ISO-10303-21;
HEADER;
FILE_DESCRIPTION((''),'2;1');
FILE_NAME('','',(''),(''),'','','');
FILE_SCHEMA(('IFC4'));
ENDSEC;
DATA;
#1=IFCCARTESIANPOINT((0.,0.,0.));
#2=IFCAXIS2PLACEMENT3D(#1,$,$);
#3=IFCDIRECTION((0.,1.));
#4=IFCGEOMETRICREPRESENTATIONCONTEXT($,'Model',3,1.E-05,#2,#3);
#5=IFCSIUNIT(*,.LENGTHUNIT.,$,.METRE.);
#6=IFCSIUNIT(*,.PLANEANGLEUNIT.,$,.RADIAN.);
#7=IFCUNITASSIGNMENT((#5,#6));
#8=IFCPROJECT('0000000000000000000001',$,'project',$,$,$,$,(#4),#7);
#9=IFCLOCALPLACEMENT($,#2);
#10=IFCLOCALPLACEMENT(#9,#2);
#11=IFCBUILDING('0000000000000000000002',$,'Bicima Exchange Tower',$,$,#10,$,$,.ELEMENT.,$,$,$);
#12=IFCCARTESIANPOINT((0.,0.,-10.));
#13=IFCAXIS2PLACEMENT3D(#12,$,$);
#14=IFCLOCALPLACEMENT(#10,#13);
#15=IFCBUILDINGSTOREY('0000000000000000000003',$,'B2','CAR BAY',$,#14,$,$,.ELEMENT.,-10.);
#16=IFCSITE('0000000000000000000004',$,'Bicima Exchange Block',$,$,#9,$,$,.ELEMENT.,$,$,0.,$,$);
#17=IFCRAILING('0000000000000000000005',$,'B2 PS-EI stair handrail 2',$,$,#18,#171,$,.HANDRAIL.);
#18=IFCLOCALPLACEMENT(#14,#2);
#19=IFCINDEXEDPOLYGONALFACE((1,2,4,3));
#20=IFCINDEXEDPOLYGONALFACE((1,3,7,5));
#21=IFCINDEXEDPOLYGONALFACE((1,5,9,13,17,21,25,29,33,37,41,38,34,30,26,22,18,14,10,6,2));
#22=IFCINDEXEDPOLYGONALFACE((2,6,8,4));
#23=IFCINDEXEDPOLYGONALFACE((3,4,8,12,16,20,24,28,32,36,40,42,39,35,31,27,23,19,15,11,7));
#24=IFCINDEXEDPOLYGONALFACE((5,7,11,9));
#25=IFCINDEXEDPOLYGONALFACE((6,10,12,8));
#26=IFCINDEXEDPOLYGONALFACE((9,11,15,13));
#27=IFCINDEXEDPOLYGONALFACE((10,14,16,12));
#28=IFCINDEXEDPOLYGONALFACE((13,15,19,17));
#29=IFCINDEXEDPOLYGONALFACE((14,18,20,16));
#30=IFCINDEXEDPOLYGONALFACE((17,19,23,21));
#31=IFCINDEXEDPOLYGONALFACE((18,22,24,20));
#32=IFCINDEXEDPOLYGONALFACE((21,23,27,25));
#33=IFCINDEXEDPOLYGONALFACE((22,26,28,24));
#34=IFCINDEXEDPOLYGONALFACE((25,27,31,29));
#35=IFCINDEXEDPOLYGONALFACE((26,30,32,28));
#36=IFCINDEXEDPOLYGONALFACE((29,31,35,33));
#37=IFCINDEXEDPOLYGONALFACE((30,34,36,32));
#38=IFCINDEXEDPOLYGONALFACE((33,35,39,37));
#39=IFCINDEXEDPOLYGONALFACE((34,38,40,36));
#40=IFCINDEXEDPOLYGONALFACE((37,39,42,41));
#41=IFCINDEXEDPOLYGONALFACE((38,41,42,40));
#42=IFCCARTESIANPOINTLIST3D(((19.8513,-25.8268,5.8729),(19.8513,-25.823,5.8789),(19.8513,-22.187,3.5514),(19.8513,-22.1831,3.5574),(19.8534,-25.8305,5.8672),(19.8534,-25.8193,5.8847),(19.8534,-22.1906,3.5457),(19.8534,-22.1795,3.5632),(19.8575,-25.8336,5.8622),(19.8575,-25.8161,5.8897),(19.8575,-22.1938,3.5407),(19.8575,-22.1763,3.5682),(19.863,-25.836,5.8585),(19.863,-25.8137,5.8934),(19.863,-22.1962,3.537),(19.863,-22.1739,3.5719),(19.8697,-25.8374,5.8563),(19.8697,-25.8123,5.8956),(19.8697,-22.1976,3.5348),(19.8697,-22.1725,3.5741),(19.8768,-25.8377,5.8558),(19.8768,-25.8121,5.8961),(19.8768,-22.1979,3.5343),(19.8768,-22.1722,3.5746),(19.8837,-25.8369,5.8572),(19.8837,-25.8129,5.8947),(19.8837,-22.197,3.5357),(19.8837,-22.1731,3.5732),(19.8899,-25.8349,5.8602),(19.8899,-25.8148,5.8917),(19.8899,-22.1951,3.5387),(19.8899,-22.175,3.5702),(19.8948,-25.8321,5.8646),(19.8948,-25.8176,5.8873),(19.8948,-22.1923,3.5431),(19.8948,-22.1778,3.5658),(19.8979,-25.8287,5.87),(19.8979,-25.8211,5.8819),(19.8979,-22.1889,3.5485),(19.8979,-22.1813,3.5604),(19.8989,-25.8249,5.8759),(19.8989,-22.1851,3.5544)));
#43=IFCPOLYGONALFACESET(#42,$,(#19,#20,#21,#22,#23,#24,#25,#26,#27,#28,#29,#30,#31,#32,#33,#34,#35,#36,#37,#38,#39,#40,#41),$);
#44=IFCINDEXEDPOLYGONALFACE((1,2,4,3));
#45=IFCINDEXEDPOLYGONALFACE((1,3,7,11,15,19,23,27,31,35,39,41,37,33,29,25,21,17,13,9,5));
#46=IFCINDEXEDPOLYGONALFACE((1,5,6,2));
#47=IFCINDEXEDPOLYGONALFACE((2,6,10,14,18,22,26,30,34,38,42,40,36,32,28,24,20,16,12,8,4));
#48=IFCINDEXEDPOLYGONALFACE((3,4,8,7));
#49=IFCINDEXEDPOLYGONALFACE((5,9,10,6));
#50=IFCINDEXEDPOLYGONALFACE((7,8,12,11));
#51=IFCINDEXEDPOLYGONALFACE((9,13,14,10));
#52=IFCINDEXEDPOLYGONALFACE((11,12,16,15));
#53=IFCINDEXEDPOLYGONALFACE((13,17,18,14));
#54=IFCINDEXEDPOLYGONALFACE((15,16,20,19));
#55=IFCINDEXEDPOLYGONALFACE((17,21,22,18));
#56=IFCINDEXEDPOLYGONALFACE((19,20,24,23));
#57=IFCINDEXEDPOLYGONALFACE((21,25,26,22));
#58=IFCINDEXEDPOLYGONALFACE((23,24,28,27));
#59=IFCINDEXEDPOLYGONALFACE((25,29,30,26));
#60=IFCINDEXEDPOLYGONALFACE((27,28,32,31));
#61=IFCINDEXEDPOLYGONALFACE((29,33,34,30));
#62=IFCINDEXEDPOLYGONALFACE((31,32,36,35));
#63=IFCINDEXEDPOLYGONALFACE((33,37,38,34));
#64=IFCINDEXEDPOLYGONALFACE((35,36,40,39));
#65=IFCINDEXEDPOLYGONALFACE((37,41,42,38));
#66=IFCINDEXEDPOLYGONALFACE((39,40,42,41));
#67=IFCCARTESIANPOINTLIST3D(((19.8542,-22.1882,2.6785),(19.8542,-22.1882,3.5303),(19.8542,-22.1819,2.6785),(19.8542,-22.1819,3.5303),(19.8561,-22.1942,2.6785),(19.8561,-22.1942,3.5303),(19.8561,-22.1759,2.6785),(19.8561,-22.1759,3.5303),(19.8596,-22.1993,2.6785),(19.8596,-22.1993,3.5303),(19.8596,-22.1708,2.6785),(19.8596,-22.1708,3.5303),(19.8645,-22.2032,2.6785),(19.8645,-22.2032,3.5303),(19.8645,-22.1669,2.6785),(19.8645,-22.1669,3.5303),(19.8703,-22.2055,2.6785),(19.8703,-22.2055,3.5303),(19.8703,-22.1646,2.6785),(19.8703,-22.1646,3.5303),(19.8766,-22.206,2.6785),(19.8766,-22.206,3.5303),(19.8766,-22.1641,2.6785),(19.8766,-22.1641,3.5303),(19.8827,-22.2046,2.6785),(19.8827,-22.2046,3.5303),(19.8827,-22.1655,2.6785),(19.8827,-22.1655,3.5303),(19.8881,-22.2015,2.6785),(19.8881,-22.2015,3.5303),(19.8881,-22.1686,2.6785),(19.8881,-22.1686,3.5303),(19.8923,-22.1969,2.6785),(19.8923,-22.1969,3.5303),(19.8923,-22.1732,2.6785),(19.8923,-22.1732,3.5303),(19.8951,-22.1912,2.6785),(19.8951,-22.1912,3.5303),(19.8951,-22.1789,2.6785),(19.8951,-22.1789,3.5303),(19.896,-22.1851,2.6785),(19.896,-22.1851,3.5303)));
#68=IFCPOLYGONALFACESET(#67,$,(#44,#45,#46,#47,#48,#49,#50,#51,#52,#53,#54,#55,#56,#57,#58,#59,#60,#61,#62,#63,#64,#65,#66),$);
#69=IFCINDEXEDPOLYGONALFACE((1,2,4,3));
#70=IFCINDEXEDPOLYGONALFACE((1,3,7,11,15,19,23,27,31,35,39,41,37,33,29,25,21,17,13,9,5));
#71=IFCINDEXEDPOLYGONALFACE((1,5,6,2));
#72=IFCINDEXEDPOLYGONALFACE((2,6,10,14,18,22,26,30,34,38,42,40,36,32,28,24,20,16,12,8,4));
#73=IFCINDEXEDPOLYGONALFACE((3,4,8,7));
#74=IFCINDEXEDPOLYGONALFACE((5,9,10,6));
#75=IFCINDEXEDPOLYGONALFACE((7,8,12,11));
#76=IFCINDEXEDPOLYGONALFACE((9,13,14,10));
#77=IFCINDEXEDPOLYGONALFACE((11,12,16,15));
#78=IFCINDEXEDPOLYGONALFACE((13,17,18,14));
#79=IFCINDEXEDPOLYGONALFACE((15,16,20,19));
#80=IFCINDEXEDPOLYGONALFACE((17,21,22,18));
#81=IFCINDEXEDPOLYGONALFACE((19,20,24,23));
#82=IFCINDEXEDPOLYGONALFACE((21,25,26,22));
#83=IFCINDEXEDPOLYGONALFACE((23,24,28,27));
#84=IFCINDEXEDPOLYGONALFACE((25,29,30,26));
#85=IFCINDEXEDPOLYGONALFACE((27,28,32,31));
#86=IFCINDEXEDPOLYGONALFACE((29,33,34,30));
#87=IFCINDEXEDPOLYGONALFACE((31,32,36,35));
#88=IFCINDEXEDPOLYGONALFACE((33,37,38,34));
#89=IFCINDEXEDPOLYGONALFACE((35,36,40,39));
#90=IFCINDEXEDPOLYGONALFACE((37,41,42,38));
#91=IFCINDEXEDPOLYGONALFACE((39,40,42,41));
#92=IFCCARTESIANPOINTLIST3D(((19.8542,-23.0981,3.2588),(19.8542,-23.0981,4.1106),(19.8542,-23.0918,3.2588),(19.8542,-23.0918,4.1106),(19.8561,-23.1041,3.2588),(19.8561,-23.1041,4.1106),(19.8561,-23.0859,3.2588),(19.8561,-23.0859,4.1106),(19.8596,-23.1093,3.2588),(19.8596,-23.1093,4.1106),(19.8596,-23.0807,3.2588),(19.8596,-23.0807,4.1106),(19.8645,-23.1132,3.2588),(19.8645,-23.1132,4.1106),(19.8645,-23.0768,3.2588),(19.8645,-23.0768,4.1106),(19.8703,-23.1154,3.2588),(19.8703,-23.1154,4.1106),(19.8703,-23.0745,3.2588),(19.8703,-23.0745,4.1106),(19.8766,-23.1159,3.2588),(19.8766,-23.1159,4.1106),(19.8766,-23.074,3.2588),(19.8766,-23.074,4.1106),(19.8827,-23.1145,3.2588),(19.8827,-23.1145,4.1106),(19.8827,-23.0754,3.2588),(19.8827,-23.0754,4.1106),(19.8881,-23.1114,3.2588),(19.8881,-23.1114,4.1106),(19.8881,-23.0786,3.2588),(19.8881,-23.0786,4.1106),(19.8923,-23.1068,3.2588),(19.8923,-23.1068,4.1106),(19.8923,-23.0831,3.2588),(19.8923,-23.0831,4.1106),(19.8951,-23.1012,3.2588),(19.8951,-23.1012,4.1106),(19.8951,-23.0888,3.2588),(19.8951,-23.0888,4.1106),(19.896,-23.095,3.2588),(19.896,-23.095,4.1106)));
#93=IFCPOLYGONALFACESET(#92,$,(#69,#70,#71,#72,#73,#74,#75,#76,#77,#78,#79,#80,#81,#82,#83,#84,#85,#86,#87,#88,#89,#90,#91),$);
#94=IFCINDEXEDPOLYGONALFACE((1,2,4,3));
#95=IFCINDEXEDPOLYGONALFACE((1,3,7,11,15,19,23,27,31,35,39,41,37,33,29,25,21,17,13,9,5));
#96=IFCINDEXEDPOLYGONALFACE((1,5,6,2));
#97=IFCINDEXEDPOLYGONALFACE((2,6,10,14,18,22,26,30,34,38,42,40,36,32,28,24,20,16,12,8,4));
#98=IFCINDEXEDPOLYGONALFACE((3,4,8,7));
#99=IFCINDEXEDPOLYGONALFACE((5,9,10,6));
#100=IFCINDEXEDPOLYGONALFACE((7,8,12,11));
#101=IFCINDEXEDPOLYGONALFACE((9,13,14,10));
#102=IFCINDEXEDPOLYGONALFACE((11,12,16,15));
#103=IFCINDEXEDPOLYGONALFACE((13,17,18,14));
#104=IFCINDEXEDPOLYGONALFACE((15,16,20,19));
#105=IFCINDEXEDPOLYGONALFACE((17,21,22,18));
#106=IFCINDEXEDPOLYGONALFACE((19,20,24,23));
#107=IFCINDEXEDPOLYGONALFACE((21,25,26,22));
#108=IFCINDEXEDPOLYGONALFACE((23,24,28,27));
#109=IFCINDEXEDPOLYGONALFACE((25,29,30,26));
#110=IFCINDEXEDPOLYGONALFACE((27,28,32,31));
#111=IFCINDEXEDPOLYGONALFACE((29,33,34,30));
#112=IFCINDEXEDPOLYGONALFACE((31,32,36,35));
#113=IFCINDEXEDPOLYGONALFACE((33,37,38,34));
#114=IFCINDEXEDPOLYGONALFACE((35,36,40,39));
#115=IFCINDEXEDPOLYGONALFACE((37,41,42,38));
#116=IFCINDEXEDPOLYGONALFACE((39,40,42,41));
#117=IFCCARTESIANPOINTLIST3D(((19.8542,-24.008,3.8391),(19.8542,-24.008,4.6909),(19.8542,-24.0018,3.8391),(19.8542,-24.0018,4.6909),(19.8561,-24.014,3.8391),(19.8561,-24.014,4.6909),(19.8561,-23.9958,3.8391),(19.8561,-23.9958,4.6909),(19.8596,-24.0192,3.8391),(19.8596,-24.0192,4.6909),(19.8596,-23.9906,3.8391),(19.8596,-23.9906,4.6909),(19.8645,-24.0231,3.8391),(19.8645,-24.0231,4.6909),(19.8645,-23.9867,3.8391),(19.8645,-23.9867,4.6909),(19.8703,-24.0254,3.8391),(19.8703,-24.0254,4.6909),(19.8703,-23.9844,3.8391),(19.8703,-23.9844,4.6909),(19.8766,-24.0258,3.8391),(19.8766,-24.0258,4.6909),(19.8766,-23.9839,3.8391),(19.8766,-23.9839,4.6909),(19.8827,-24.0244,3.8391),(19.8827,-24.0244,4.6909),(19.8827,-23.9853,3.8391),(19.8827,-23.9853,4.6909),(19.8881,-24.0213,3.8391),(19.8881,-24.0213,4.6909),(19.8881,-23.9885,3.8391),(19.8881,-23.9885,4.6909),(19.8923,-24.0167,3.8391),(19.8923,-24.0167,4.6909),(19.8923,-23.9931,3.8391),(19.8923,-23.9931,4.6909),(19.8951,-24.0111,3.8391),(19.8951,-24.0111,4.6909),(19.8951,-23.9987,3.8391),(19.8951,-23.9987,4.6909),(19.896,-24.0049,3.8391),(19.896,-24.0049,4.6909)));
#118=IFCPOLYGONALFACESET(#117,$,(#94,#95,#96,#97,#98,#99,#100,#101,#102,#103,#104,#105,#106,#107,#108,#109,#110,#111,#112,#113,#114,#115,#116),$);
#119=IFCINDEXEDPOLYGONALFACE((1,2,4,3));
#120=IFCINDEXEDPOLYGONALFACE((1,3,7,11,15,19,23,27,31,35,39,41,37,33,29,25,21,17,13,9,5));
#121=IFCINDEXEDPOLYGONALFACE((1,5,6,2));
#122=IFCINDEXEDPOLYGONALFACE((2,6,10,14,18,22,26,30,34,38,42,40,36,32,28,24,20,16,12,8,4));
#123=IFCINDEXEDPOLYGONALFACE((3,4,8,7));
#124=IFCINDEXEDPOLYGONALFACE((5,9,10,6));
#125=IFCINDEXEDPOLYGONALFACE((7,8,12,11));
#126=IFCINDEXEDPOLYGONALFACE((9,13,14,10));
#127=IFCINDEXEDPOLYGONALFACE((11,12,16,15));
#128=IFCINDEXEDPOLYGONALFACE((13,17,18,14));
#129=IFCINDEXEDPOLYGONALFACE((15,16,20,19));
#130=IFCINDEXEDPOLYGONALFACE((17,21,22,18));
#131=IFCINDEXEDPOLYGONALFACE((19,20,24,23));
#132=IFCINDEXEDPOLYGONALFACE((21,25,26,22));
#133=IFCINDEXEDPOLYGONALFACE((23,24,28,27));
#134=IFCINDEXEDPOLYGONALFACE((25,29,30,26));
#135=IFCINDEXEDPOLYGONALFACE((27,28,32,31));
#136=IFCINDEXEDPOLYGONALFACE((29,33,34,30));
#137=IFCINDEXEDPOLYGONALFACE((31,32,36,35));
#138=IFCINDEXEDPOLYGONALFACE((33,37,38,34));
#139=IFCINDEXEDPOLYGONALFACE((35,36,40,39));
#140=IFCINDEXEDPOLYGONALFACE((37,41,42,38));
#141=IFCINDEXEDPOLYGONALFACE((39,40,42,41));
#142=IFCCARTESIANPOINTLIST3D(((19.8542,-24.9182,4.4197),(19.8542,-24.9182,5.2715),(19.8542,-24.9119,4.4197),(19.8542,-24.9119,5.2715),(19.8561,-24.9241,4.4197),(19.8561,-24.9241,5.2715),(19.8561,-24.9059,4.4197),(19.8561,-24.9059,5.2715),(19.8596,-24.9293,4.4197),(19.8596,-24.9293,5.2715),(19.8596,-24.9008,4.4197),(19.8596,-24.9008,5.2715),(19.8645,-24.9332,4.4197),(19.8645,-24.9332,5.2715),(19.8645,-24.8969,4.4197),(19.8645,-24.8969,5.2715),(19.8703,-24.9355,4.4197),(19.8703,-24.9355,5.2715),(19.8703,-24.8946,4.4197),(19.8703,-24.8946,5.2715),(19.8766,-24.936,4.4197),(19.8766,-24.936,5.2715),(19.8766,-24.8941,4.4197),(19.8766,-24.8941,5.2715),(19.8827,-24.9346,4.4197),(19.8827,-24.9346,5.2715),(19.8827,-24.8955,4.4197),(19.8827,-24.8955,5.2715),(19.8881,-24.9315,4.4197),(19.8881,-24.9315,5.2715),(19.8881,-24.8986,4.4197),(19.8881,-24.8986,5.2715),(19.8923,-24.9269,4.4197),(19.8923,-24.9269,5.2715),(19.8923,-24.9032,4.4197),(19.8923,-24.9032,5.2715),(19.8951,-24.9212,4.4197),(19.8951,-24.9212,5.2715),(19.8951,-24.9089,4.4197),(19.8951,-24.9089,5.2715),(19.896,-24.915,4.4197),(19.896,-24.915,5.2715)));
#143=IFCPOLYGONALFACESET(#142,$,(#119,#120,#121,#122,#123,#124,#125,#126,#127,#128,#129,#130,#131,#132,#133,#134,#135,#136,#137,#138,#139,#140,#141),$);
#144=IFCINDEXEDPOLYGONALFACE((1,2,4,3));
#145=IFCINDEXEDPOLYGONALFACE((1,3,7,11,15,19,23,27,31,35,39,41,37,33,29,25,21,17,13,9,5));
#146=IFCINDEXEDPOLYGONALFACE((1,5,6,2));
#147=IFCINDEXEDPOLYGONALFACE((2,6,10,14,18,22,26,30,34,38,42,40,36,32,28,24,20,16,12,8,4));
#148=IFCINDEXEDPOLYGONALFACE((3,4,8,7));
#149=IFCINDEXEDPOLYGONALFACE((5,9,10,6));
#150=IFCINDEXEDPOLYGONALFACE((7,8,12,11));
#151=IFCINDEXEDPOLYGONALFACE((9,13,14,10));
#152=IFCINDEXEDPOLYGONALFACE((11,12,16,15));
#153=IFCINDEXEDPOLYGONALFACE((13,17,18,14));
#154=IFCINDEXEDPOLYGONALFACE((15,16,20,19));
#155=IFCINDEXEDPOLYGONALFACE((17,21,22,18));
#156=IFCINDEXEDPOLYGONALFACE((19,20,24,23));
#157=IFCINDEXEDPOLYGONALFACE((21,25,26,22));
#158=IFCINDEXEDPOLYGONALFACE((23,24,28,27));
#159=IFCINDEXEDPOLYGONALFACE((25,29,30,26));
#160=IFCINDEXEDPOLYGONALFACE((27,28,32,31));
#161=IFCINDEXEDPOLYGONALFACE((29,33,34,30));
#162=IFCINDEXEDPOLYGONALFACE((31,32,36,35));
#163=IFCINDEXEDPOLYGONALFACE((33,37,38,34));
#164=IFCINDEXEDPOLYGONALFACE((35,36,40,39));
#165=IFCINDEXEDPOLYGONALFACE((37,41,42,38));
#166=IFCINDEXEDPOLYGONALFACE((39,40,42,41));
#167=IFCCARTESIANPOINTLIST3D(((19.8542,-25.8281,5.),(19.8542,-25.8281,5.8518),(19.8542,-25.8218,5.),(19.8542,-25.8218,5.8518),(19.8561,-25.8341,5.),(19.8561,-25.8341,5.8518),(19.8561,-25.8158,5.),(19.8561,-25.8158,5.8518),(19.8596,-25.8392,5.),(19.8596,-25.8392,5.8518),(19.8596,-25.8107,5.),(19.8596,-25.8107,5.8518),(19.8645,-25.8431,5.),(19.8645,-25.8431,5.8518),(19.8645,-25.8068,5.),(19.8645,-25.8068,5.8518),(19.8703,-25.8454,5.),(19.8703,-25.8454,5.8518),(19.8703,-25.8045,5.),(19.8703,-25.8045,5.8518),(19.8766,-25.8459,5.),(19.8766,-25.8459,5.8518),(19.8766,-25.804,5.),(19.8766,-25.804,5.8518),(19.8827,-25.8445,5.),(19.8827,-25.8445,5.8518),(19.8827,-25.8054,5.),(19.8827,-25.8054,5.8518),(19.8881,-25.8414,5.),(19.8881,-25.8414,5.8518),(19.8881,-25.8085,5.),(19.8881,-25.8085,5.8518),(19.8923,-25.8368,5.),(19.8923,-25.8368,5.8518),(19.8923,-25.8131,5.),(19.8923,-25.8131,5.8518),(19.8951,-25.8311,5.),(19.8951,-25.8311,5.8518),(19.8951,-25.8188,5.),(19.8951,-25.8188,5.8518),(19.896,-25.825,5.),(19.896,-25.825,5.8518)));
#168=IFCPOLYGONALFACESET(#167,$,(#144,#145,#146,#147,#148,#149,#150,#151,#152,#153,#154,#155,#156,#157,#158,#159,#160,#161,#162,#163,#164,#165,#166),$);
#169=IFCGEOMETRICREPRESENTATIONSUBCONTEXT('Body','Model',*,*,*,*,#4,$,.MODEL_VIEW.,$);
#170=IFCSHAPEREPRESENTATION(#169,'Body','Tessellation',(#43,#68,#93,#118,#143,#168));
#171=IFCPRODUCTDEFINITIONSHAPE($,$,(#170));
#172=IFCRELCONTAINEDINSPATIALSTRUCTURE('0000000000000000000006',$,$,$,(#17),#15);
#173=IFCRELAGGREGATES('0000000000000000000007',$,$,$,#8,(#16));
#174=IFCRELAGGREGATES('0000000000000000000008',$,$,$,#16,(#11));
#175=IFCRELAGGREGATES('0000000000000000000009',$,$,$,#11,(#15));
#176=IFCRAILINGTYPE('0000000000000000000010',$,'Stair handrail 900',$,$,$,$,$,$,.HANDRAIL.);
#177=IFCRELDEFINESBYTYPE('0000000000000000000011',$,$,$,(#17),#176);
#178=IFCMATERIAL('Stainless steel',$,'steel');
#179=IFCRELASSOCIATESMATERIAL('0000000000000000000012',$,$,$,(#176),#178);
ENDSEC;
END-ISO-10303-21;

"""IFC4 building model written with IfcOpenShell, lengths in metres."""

from ifc_helpers import new_model, si_unit, direction, frame, origin, origin_2d, place, context, subcontext, project, spatial, circle, extrude, material, type_object, element, save


model = new_model("IFC4")

# Units and contexts
model_context = context("Model", 3, precision=1e-05, world=origin(), true_north=direction((0.0, 1.0)))
body_context = subcontext(model_context, "Body", "Model", "MODEL_VIEW")
ifc_project = project(units=[si_unit("LENGTHUNIT", "METRE"), si_unit("PLANEANGLEUNIT", "RADIAN")], contexts=[model_context])

# Site, building, storey
site_placement = place(None, origin())
site = spatial("IfcSite", under=ifc_project, at=site_placement, Name="Bicima Exchange Block", CompositionType="ELEMENT", RefElevation=0.0)
building_placement = place(site_placement, origin())
building = spatial("IfcBuilding", under=site, at=building_placement, Name="Bicima Exchange Tower", CompositionType="ELEMENT")
storey_placement = place(building_placement, frame((0.0, 0.0, -10.0)))
storey = spatial("IfcBuildingStorey", under=building, at=storey_placement, Name="B2", Description="CAR BAY", CompositionType="ELEMENT", Elevation=-10.0)

# Railing
ifc_material_1 = material(Name="Stainless steel", Category="steel")
railing_type_1 = type_object("IfcRailingType", Name="Stair handrail 900", PredefinedType="HANDRAIL", material=ifc_material_1)
railing_1_placement = place(storey_placement, frame((19.875, -22.1851, 2.6785)))
element("IfcRailing", 1, at=railing_1_placement, inside=storey, type_object=railing_type_1, Name="B2 PS-EI stair handrail 2", PredefinedType="HANDRAIL", context=body_context, shape_type="SweptSolid", body=[
    extrude(circle(Radius=0.0239, at=origin_2d()), frame((0.0, 0.0, 0.876), z_axis=(0.0, -0.843112, 0.537739), x_axis=(1.0, 0.0, 0.0)), (0.0, 0.0, 1.0), 4.3171),
    extrude(circle(Radius=0.021, at=origin_2d()), origin(), (0.0, 0.0, 1.0), 0.8518),
    extrude(circle(Radius=0.021, at=origin_2d()), frame((0.0, -0.9099, 0.5803)), (0.0, 0.0, 1.0), 0.8518),
    extrude(circle(Radius=0.021, at=origin_2d()), frame((0.0, -1.8198, 1.1606)), (0.0, 0.0, 1.0), 0.8518),
    extrude(circle(Radius=0.021, at=origin_2d()), frame((0.0, -2.73, 1.7412)), (0.0, 0.0, 1.0), 0.8518),
    extrude(circle(Radius=0.021, at=origin_2d()), frame((0.0, -3.6399, 2.3215)), (0.0, 0.0, 1.0), 0.8518),
])

save(model, "model.ifc")
